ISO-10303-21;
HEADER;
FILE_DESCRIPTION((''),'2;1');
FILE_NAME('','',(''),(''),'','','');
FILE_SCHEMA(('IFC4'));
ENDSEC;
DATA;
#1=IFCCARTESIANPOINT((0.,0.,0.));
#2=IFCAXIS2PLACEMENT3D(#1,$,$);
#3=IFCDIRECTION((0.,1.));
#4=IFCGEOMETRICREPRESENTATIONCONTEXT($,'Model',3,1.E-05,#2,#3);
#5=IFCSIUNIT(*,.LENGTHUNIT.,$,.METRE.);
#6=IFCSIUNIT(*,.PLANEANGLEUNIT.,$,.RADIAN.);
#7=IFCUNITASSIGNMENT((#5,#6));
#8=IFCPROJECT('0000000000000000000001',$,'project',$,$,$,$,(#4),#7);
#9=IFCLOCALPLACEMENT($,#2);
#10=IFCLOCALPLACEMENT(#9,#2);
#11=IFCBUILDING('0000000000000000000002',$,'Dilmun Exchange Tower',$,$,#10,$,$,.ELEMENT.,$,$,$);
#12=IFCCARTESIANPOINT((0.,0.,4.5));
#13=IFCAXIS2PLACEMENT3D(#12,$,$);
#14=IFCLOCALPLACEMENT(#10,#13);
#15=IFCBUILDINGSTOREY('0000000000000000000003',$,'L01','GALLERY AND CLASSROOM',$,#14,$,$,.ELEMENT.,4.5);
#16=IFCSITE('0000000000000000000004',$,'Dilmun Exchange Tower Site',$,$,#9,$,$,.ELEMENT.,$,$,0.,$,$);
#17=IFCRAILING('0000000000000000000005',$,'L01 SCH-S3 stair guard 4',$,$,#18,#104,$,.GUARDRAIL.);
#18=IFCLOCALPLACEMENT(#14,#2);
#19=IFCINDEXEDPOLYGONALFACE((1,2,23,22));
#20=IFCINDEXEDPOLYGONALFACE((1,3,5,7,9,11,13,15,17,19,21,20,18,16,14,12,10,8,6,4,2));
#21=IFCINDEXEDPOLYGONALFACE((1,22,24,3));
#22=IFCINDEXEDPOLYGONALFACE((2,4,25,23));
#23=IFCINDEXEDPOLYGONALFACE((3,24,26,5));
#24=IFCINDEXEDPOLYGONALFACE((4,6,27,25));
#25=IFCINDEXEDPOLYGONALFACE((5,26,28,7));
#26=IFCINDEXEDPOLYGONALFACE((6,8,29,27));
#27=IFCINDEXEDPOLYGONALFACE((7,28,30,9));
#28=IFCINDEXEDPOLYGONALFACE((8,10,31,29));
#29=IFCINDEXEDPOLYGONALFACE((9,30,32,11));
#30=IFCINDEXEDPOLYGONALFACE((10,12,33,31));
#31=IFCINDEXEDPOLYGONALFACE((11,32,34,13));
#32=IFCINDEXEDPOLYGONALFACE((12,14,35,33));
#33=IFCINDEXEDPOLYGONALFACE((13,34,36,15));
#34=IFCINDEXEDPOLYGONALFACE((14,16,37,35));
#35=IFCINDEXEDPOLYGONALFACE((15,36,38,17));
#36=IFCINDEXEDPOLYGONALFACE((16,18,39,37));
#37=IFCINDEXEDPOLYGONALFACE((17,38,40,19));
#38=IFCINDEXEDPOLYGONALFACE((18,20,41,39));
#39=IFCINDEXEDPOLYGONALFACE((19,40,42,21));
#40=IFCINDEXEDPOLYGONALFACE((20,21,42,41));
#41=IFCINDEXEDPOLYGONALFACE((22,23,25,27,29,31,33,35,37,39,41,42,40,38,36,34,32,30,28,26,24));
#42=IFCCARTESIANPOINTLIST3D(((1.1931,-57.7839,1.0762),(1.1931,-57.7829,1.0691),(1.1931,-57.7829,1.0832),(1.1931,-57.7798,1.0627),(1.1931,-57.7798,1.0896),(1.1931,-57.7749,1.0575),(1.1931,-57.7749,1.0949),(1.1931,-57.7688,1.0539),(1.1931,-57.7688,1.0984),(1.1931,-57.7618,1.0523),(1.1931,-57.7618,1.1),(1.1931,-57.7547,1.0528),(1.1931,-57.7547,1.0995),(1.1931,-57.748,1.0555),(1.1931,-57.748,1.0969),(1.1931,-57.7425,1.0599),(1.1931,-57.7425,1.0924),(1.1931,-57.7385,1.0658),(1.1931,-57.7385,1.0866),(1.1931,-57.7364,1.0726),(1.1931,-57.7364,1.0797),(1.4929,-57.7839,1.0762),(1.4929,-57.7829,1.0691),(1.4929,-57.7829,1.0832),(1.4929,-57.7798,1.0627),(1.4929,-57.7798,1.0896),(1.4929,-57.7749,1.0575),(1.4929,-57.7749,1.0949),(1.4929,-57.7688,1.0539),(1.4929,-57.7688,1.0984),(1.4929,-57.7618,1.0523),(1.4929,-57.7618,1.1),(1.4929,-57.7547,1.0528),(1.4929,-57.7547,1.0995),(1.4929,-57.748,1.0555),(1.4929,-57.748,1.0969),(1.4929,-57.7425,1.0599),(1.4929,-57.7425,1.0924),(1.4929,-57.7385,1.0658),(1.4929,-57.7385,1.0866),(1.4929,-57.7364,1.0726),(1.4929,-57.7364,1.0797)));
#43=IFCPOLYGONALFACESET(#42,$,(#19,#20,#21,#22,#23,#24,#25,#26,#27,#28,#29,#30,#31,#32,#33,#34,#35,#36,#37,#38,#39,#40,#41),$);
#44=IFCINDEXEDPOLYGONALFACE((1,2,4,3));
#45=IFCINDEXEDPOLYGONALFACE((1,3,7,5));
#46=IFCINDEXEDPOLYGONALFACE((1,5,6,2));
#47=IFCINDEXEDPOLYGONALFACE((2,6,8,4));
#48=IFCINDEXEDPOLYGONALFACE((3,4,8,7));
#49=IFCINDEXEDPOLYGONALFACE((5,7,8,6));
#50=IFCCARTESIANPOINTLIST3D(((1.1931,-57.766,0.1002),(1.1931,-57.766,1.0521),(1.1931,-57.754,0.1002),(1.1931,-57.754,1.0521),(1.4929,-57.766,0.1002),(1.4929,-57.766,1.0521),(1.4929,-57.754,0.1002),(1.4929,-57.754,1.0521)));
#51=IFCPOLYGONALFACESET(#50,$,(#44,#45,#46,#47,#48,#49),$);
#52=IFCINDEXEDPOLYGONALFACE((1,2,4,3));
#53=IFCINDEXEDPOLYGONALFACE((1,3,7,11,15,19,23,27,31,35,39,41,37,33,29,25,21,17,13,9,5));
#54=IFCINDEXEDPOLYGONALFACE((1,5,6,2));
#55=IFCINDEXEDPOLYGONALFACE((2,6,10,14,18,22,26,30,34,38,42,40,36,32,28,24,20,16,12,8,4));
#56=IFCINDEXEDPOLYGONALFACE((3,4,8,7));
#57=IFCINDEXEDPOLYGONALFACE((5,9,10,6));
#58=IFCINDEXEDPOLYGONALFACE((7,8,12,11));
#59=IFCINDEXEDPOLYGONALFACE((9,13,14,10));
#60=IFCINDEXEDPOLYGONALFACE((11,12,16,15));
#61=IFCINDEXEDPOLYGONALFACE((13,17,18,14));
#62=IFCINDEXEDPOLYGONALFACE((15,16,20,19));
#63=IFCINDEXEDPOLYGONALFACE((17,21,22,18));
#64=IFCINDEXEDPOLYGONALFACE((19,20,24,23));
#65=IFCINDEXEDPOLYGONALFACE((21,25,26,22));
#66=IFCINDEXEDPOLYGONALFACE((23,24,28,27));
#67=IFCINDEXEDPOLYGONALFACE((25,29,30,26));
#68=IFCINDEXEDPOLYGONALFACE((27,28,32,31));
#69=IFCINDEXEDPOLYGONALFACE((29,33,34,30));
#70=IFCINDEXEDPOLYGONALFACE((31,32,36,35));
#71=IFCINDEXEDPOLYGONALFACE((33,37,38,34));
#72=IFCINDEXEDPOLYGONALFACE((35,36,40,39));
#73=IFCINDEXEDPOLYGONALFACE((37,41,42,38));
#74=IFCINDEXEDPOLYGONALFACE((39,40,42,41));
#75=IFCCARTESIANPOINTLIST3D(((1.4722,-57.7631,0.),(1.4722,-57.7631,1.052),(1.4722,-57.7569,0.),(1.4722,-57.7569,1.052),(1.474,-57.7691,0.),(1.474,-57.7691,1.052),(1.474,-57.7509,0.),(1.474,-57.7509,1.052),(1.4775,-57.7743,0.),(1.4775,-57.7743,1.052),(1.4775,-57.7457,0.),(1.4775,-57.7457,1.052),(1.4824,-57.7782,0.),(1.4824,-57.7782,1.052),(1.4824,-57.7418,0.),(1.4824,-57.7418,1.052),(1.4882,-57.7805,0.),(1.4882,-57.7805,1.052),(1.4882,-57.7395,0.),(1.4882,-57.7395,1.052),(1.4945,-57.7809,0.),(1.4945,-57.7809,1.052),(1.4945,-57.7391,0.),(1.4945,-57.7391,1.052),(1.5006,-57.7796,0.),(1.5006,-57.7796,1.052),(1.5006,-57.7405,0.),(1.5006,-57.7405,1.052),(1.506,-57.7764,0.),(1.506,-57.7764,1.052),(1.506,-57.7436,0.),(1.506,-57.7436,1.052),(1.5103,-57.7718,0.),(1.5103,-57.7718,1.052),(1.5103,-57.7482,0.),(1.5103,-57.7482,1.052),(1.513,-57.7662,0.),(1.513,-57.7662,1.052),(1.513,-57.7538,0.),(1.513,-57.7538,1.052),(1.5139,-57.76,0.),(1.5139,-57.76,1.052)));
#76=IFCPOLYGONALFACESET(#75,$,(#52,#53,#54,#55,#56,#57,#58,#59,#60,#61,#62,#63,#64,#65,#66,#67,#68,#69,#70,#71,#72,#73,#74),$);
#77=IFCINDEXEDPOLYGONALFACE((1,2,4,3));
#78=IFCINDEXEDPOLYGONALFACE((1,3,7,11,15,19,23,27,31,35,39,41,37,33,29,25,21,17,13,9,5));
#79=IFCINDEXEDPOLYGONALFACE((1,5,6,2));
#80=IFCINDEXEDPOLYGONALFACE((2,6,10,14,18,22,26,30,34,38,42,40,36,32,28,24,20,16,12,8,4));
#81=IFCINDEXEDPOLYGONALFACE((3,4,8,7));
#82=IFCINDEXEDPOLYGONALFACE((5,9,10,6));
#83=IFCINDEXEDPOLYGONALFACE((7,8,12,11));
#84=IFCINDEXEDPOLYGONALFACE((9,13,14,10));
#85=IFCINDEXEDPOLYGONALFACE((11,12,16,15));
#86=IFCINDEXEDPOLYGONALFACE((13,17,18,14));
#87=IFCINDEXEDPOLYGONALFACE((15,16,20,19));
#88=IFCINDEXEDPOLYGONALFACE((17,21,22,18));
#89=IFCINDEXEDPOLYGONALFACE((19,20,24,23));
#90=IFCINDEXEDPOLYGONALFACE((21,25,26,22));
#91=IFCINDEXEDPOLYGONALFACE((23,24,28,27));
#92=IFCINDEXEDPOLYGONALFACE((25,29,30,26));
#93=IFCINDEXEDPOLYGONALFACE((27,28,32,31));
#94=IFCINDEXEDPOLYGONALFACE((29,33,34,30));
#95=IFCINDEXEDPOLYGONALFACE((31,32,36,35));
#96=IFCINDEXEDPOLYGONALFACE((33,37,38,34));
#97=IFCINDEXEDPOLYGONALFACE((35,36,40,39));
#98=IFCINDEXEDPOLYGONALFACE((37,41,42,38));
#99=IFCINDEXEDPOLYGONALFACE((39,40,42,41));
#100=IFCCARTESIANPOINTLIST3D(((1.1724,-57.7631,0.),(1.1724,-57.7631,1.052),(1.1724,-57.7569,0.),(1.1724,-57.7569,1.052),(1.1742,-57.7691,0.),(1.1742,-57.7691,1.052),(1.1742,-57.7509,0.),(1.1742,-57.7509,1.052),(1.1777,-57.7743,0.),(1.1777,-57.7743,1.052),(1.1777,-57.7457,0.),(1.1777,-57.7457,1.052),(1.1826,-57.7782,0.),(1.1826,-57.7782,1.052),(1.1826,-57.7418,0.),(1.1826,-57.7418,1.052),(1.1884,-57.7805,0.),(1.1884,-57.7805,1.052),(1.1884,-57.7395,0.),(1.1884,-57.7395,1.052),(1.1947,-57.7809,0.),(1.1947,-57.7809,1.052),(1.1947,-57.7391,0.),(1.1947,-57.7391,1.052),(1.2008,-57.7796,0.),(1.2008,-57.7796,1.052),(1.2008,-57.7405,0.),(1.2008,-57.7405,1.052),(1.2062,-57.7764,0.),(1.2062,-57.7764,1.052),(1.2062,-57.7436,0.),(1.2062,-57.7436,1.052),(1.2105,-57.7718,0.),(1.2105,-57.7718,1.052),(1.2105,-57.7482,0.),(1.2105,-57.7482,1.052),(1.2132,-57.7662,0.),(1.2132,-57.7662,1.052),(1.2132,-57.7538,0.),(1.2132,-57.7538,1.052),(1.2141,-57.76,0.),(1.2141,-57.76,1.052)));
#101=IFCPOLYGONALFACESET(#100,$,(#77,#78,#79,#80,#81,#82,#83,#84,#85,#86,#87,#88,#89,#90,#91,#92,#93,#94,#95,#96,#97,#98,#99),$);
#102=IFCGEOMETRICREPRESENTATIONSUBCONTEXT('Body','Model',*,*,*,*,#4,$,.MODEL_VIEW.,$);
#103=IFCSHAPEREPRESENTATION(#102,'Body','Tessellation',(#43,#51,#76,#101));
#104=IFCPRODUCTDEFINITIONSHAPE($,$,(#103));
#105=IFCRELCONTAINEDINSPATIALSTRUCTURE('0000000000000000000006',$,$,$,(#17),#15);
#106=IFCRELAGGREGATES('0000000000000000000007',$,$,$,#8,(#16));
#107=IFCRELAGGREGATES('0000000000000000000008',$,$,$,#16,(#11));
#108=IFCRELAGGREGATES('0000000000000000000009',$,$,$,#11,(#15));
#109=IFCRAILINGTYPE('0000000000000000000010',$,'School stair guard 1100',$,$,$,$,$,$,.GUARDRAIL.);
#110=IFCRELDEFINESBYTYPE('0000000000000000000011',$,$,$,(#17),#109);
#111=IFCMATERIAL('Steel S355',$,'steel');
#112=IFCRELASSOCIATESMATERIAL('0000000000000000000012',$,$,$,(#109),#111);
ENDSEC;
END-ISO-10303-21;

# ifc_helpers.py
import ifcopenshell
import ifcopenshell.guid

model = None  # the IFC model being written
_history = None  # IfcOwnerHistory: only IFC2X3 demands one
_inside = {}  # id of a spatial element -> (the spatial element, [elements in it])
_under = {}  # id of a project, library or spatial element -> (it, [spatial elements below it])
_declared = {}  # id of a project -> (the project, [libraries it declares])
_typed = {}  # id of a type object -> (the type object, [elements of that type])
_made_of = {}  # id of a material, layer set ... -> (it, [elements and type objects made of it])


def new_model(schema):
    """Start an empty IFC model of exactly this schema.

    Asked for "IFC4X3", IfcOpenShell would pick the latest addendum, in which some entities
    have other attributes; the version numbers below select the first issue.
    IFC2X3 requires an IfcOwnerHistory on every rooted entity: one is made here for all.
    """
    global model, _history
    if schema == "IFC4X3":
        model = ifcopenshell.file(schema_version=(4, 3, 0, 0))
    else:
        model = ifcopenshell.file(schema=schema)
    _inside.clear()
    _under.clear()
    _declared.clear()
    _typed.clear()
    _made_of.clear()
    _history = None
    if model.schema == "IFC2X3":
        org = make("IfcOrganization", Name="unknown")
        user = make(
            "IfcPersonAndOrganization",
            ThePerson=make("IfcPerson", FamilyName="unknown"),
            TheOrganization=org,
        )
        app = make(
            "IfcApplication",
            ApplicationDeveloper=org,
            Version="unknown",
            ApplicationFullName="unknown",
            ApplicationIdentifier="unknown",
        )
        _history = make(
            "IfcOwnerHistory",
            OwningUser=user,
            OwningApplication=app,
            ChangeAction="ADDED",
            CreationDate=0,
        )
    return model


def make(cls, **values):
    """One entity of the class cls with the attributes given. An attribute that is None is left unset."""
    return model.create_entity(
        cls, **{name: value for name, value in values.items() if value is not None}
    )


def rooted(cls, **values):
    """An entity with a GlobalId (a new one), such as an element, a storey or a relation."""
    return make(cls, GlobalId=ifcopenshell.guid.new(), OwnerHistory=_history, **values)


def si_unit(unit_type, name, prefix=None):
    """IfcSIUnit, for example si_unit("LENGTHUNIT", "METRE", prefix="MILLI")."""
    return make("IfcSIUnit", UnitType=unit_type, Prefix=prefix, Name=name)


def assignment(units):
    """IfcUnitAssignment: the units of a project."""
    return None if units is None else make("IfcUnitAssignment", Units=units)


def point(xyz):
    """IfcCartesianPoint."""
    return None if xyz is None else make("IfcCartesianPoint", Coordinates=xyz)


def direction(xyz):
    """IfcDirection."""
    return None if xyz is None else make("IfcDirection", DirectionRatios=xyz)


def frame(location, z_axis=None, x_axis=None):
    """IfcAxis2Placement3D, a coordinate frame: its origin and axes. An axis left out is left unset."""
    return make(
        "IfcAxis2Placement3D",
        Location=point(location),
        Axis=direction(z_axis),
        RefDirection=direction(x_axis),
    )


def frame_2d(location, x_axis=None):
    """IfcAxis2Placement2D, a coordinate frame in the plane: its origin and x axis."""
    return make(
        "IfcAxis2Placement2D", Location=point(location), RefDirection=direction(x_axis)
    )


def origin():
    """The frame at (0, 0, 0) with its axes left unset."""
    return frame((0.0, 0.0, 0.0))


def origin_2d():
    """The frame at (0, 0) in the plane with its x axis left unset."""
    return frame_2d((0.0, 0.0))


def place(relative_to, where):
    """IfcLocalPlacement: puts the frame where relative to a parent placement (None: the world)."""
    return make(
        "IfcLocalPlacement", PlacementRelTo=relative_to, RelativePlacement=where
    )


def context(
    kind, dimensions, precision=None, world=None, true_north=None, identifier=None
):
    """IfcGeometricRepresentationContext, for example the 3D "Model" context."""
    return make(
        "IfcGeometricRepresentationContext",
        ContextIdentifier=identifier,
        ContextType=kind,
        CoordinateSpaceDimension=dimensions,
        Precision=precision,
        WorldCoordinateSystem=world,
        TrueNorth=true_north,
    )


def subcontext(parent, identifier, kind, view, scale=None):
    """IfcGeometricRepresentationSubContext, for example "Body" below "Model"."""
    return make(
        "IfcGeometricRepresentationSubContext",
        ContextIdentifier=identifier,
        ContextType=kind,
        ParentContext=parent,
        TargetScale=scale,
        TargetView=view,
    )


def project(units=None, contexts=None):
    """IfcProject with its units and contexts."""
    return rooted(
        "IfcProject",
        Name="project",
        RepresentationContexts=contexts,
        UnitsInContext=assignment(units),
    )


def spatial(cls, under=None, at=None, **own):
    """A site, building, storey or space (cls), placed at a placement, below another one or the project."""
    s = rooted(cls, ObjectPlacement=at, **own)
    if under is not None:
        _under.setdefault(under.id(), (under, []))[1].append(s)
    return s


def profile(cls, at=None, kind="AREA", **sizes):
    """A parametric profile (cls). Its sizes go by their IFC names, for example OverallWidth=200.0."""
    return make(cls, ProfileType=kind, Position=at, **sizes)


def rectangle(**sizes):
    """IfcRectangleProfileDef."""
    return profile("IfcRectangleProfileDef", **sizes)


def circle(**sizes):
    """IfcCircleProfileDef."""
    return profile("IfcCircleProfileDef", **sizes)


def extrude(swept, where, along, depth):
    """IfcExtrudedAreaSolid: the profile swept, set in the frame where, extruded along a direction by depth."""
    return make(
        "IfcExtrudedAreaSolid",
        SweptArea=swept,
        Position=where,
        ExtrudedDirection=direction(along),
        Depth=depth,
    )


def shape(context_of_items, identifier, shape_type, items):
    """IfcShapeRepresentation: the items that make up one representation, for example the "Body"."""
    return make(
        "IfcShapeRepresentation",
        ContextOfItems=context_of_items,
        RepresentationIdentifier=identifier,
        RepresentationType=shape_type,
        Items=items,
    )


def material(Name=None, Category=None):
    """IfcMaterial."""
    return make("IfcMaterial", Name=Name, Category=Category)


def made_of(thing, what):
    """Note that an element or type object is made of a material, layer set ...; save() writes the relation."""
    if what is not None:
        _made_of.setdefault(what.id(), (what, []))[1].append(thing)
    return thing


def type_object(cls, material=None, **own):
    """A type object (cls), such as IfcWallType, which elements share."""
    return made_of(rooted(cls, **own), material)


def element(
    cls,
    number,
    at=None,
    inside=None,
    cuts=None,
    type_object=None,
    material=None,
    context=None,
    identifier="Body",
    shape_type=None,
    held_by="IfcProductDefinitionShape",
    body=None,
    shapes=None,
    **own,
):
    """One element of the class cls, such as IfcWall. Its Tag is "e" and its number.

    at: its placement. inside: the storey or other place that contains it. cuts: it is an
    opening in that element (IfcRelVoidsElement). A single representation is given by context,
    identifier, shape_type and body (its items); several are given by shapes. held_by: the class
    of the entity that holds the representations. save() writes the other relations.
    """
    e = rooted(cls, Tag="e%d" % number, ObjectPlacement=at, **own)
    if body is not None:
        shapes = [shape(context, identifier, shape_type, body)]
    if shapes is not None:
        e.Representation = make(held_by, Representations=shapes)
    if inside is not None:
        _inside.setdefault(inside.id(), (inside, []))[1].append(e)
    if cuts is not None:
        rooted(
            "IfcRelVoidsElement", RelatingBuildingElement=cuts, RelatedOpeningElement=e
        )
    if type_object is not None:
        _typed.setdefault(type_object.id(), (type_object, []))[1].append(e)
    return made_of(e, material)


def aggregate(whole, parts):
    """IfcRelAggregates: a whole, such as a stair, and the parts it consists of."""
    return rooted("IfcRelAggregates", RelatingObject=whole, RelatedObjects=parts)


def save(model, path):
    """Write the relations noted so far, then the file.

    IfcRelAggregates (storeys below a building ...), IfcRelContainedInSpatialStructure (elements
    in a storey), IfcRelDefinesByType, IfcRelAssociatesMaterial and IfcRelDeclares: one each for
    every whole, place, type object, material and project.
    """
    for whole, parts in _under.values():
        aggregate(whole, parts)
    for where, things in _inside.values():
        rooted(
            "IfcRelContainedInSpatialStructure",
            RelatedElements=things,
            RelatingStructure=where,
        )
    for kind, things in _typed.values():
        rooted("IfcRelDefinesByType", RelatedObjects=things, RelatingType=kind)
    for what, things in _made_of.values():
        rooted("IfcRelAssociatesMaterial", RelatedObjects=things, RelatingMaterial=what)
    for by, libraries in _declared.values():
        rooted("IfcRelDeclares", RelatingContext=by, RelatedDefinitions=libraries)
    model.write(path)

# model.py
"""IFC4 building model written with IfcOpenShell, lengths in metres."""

from ifc_helpers import new_model, si_unit, direction, frame, origin, origin_2d, place, context, subcontext, project, spatial, rectangle, circle, extrude, material, type_object, element, save


model = new_model("IFC4")

# Units and contexts
model_context = context("Model", 3, precision=1e-05, world=origin(), true_north=direction((0.0, 1.0)))
body_context = subcontext(model_context, "Body", "Model", "MODEL_VIEW")
ifc_project = project(units=[si_unit("LENGTHUNIT", "METRE"), si_unit("PLANEANGLEUNIT", "RADIAN")], contexts=[model_context])

# Site, building, storey
site_placement = place(None, origin())
site = spatial("IfcSite", under=ifc_project, at=site_placement, Name="Dilmun Exchange Tower Site", CompositionType="ELEMENT", RefElevation=0.0)
building_placement = place(site_placement, origin())
building = spatial("IfcBuilding", under=site, at=building_placement, Name="Dilmun Exchange Tower", CompositionType="ELEMENT")
storey_placement = place(building_placement, frame((0.0, 0.0, 4.5)))
storey = spatial("IfcBuildingStorey", under=building, at=storey_placement, Name="L01", Description="GALLERY AND CLASSROOM", CompositionType="ELEMENT", Elevation=4.5)

# Railing
ifc_material_1 = material(Name="Steel S355", Category="steel")
railing_type_1 = type_object("IfcRailingType", Name="School stair guard 1100", PredefinedType="GUARDRAIL", material=ifc_material_1)
railing_1_placement = place(storey_placement, frame((1.4929, -57.76, 0.0)))
element("IfcRailing", 1, at=railing_1_placement, inside=storey, type_object=railing_type_1, Name="L01 SCH-S3 stair guard 4", PredefinedType="GUARDRAIL", context=body_context, shape_type="SweptSolid", body=[
    extrude(circle(Radius=0.0239, at=origin_2d()), frame((0.0, 0.0, 1.0762), z_axis=(-1.0, 0.0, 0.0), x_axis=(0.0, -1.0, 0.0)), (0.0, 0.0, 1.0), 0.2998),
    extrude(rectangle(XDim=0.012, YDim=0.9519, at=origin_2d()), frame((0.0, 0.0, 0.5762), z_axis=(-1.0, 0.0, 0.0), x_axis=(0.0, -1.0, 0.0)), (0.0, 0.0, 1.0), 0.2998),
    extrude(circle(Radius=0.021, at=origin_2d()), origin(), (0.0, 0.0, 1.0), 1.052),
    extrude(circle(Radius=0.021, at=origin_2d()), frame((-0.2998, 0.0, 0.0)), (0.0, 0.0, 1.0), 1.052),
])

save(model, "model.ifc")
